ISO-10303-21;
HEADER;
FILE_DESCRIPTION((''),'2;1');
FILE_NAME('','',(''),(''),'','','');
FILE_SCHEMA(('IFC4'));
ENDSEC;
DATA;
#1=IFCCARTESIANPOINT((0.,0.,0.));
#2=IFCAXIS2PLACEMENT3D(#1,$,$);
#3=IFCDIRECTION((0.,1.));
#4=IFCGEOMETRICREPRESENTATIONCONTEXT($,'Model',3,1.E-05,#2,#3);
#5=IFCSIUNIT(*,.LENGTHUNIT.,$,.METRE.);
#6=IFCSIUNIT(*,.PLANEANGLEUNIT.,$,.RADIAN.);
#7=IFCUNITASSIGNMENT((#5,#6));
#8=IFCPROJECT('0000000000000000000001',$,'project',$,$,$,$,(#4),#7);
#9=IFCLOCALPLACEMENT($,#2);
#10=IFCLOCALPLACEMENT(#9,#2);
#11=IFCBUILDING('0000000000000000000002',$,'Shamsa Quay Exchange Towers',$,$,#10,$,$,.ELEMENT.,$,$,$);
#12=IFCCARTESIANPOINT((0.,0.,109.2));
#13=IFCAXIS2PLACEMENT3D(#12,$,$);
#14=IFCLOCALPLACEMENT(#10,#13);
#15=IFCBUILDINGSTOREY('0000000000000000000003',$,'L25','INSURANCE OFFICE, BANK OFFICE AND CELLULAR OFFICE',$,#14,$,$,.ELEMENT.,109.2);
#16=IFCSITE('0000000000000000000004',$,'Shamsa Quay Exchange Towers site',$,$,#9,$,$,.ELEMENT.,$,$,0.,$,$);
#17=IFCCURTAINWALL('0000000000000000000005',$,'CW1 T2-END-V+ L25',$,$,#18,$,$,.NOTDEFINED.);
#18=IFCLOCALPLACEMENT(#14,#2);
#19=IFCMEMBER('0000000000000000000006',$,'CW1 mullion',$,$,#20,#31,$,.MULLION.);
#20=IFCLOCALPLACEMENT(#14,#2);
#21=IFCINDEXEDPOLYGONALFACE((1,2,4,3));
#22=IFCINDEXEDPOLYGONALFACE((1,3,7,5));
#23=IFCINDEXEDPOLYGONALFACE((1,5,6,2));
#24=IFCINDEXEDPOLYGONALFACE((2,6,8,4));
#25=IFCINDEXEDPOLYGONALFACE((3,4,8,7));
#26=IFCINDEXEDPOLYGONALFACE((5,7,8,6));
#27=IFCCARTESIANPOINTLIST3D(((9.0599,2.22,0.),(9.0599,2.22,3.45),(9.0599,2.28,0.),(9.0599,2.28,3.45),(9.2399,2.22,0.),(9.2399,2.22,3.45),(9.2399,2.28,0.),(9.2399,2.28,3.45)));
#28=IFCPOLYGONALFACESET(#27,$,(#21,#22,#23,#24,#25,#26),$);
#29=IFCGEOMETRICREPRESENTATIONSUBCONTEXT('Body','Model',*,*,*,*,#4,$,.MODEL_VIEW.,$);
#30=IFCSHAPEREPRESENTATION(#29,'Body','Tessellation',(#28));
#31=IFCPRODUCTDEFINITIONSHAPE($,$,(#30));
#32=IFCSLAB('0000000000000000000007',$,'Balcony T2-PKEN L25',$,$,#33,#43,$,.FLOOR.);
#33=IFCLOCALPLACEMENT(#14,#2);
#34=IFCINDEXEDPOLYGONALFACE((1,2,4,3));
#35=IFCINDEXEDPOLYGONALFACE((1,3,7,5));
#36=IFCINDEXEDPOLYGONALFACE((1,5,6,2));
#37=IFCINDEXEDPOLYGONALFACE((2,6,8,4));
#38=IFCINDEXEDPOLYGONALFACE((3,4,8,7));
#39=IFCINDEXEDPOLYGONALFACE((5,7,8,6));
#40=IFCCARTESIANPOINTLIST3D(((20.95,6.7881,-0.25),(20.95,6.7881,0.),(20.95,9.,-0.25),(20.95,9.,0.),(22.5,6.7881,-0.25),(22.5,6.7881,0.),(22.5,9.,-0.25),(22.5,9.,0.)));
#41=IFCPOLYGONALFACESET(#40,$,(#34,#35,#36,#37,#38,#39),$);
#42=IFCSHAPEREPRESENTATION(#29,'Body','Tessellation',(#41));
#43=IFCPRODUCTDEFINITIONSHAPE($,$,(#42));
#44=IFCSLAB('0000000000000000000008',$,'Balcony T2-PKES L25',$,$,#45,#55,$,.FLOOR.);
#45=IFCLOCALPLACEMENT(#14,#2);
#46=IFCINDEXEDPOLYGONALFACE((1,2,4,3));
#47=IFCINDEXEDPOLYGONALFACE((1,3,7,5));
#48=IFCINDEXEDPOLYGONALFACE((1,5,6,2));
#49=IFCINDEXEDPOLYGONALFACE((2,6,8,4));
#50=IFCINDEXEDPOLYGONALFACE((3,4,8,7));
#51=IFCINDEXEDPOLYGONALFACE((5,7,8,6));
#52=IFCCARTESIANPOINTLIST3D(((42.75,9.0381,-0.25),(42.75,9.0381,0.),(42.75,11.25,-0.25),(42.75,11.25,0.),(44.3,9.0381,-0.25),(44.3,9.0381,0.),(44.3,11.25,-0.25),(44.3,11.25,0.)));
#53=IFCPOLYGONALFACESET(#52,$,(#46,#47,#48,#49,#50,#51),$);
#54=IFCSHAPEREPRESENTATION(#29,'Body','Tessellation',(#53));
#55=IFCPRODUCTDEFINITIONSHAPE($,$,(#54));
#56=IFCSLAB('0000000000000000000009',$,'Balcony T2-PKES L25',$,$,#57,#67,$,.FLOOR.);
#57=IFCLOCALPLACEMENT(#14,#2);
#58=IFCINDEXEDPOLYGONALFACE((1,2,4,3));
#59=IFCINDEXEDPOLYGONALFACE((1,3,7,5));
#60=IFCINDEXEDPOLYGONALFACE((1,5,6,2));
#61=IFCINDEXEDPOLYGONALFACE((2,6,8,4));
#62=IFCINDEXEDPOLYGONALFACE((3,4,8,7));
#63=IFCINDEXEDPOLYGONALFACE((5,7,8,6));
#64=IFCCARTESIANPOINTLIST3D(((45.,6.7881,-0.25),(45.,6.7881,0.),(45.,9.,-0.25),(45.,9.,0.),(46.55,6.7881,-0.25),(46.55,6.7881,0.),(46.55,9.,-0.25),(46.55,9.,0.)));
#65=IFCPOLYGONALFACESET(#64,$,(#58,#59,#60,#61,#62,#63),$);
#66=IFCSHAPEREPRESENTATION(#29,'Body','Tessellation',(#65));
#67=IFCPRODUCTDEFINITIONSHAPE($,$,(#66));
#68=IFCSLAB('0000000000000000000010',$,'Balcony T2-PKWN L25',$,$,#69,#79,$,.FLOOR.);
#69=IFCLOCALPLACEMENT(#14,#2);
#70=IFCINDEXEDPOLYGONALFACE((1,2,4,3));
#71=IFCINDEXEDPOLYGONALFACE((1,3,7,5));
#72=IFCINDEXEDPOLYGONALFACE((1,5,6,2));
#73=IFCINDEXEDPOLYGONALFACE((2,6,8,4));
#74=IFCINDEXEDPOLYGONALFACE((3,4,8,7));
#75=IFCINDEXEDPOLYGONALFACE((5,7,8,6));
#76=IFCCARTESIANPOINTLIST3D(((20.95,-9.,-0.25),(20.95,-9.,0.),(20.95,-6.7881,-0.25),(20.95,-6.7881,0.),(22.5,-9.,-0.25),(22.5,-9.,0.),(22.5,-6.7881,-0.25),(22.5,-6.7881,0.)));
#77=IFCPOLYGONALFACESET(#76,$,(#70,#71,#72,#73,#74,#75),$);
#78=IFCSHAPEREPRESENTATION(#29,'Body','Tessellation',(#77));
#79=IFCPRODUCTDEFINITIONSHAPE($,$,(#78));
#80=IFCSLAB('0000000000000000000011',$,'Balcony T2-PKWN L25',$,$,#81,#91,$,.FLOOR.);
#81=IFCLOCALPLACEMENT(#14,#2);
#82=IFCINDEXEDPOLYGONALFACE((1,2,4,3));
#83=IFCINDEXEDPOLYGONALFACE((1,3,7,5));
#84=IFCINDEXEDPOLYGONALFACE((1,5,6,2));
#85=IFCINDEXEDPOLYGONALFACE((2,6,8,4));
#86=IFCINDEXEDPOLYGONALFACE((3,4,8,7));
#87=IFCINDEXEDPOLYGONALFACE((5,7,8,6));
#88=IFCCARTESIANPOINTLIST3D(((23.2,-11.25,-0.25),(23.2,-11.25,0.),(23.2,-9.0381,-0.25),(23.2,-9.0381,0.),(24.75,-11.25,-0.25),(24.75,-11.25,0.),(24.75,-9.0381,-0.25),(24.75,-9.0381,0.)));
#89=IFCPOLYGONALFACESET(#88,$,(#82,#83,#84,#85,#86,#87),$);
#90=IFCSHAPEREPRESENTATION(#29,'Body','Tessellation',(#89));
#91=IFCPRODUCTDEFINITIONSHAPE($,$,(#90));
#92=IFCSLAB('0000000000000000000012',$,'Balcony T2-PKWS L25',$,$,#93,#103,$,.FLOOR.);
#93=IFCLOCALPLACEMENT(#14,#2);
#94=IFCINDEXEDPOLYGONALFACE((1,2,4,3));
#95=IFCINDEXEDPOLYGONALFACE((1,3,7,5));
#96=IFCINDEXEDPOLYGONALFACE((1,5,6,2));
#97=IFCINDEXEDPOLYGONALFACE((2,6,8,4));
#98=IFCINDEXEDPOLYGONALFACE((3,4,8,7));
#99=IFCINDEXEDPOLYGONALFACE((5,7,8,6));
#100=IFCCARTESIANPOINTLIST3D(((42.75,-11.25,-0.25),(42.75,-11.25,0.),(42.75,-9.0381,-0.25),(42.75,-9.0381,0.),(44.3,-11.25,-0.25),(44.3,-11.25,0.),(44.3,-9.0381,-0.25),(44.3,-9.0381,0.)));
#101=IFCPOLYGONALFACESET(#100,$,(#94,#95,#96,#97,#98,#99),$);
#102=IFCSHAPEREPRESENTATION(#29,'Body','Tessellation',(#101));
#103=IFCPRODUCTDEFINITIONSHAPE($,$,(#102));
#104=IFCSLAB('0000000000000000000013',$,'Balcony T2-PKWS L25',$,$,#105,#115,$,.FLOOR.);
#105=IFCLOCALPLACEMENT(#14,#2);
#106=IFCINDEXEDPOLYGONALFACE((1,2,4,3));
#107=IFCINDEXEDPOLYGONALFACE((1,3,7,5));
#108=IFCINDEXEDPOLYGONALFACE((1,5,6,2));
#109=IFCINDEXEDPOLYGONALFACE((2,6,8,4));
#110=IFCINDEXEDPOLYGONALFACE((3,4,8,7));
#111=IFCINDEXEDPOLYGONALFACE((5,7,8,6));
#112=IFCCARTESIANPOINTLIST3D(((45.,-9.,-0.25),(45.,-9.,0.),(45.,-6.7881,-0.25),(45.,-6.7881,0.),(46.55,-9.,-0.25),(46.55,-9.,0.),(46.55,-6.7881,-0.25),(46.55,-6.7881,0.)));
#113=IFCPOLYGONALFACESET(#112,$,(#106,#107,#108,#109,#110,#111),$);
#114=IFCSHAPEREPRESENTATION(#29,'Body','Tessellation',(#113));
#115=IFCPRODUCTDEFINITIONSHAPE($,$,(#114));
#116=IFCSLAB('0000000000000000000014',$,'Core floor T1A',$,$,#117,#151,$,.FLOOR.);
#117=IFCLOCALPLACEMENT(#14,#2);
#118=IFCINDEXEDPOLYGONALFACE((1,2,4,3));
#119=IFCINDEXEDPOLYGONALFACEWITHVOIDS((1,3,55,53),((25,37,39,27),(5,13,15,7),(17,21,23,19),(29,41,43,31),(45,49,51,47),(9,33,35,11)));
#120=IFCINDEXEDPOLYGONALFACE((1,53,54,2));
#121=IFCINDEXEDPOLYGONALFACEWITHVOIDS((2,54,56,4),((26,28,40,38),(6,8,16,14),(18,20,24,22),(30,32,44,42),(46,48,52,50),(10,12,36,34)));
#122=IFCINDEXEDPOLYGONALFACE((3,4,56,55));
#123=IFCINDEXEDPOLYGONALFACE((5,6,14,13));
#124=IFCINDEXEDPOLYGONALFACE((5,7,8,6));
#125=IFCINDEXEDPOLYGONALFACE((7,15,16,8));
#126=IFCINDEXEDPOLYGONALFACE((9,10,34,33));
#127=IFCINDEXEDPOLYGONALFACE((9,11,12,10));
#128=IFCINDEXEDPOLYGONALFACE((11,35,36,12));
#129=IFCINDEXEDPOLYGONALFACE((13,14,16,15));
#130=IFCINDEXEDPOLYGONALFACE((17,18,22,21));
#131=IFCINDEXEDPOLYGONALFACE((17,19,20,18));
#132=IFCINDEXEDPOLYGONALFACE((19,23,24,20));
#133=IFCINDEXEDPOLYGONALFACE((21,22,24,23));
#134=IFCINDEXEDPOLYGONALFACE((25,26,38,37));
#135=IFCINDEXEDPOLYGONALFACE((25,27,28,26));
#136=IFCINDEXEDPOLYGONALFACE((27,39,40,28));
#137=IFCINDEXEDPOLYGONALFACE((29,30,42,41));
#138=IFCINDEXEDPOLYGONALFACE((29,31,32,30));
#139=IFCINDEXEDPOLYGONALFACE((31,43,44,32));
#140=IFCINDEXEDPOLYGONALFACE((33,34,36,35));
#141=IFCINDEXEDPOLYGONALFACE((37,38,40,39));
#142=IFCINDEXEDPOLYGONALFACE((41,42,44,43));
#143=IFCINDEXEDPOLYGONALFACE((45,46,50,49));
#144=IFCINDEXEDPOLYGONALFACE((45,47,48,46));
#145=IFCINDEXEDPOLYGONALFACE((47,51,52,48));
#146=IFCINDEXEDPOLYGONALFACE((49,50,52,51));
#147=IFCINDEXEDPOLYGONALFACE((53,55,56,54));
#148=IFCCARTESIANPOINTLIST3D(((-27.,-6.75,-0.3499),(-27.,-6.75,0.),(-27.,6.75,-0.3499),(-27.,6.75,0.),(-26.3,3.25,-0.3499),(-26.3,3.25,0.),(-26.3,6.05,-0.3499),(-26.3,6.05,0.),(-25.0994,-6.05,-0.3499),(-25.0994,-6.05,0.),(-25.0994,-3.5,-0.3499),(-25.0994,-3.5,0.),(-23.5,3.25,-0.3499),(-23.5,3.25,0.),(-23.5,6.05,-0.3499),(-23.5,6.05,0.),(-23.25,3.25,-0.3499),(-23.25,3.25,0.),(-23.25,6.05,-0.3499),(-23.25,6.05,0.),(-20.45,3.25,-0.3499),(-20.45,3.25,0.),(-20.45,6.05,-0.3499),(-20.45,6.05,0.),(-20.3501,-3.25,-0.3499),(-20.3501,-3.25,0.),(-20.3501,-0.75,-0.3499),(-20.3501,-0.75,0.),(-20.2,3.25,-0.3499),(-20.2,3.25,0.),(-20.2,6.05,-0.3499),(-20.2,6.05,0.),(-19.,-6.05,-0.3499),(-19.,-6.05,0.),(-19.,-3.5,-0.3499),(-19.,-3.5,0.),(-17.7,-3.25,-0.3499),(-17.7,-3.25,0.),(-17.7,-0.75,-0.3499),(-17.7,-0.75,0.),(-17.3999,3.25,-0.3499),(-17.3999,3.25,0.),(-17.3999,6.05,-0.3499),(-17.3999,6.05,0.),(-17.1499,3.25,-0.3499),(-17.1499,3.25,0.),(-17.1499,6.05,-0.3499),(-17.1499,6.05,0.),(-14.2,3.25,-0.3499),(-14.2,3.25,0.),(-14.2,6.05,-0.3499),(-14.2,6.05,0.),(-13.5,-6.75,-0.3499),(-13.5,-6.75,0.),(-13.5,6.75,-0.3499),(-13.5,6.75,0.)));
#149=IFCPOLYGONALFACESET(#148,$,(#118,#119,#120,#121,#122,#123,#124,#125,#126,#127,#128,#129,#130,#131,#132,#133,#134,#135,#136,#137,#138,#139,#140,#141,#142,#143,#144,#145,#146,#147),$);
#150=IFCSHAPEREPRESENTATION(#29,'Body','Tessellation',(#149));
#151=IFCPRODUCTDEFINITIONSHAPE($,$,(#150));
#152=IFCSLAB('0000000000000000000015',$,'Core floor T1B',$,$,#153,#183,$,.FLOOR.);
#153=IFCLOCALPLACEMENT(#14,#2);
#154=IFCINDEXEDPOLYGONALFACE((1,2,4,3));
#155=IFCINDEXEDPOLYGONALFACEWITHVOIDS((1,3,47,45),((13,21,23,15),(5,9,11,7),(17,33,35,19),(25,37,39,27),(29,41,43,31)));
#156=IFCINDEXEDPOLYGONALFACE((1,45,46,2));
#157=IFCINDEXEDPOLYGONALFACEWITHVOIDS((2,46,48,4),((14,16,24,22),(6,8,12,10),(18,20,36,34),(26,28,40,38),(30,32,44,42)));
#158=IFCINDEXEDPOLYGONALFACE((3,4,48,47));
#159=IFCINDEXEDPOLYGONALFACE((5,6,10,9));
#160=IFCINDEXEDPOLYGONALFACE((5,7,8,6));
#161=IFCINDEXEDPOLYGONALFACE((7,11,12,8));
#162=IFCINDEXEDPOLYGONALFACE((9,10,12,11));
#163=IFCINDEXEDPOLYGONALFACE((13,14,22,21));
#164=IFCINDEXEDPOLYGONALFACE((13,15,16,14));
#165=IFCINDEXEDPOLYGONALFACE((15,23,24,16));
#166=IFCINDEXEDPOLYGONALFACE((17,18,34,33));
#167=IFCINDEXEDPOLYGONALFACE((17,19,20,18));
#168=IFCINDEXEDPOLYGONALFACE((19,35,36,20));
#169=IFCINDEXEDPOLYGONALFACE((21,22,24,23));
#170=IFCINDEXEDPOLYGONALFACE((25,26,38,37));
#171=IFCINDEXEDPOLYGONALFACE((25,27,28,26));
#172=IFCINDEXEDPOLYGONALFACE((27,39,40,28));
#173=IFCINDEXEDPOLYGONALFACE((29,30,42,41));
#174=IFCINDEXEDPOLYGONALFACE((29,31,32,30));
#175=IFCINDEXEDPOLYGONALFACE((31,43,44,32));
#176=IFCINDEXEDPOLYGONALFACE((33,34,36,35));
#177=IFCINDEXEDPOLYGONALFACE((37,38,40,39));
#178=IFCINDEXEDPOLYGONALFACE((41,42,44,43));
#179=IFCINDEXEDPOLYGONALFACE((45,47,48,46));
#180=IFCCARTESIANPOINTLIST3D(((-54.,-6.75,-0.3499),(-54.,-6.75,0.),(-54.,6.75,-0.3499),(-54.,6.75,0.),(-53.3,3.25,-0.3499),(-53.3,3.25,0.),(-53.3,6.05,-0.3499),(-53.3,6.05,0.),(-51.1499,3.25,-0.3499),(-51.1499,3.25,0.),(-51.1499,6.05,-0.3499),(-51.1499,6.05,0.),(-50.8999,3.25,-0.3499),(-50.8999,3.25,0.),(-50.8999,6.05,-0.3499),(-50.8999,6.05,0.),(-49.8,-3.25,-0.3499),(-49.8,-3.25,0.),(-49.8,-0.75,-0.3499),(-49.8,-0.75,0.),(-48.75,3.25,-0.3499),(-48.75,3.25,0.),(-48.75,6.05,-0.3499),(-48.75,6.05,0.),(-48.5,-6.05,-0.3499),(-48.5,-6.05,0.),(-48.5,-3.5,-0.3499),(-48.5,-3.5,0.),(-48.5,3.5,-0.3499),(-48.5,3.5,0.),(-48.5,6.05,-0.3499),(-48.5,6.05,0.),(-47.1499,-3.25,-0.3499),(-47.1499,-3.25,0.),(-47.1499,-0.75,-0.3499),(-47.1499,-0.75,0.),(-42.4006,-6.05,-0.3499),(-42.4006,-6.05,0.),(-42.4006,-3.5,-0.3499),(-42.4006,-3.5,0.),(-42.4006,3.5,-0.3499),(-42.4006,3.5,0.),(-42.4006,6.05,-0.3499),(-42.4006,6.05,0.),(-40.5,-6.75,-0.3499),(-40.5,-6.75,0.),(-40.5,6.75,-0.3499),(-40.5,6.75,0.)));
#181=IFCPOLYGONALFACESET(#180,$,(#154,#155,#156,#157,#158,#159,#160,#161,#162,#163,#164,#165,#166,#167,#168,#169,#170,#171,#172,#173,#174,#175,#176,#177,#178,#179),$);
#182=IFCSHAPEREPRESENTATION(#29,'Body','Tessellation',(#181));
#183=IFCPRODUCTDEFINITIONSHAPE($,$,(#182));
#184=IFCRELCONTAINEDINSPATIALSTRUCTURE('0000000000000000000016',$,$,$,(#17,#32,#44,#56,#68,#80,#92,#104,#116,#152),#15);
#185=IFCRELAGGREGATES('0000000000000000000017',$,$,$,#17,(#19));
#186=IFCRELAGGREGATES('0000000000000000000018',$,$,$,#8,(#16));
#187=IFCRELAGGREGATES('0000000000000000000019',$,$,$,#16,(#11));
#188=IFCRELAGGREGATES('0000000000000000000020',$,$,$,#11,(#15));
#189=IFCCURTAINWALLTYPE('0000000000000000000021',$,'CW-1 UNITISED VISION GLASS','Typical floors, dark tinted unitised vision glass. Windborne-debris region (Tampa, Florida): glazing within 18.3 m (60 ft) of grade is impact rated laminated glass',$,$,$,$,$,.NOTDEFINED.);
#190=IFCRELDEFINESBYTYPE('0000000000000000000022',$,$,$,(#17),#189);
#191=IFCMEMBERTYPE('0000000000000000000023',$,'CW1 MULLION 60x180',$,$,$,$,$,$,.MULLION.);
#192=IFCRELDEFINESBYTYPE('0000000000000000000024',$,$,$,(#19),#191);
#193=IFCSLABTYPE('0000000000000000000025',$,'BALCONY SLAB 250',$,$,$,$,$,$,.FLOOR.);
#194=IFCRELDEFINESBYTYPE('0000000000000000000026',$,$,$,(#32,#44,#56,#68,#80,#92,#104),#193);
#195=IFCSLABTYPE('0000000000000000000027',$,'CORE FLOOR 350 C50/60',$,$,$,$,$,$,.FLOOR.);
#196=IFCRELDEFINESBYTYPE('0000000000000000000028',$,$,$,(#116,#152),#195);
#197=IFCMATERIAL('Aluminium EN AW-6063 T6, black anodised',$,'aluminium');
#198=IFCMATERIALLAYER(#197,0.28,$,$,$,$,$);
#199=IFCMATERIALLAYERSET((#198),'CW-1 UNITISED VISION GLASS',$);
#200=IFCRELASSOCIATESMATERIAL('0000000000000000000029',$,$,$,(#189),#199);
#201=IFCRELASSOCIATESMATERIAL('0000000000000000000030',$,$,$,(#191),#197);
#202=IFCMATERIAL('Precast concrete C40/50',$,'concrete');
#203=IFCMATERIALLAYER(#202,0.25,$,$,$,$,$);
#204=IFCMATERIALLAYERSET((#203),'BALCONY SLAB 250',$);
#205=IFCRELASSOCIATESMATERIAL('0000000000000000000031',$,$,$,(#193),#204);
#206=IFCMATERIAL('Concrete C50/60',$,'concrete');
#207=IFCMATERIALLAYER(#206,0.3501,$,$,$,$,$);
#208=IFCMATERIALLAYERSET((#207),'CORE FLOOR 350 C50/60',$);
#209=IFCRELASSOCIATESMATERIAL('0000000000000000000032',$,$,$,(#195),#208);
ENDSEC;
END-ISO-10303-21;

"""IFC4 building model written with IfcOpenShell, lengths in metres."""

from ifc_helpers import new_model, si_unit, direction, frame, origin, origin_2d, place, context, subcontext, project, spatial, polyline, rectangle, outline, extrude, material, layer, layer_set, material_profile, profile_set, type_object, element, aggregate, save


model = new_model("IFC4")

# Units and contexts
model_context = context("Model", 3, precision=1e-05, world=origin(), true_north=direction((0.0, 1.0)))
body_context = subcontext(model_context, "Body", "Model", "MODEL_VIEW")
ifc_project = project(units=[si_unit("LENGTHUNIT", "METRE"), si_unit("PLANEANGLEUNIT", "RADIAN")], contexts=[model_context])

# Site, building, storey
site_placement = place(None, origin())
site = spatial("IfcSite", under=ifc_project, at=site_placement, Name="Shamsa Quay Exchange Towers site", CompositionType="ELEMENT", RefElevation=0.0)
building_placement = place(site_placement, origin())
building = spatial("IfcBuilding", under=site, at=building_placement, Name="Shamsa Quay Exchange Towers", CompositionType="ELEMENT")
storey_placement = place(building_placement, frame((0.0, 0.0, 109.2)))
storey = spatial("IfcBuildingStorey", under=building, at=storey_placement, Name="L25", Description="INSURANCE OFFICE, BANK OFFICE AND CELLULAR OFFICE", CompositionType="ELEMENT", Elevation=109.2)

# Curtain wall, member
ifc_material_1 = material(Name="Aluminium EN AW-6063 T6, black anodised", Category="aluminium")
ifc_layer_1 = layer(ifc_material_1, 0.28)
ifc_layer_set_1 = layer_set([ifc_layer_1], Name="CW-1 UNITISED VISION GLASS")
curtain_wall_type = type_object("IfcCurtainWallType", Name="CW-1 UNITISED VISION GLASS", Description="Typical floors, dark tinted unitised vision glass. Windborne-debris region (Tampa, Florida): glazing within 18.3 m (60 ft) of grade is impact rated laminated glass", PredefinedType="NOTDEFINED", material=ifc_layer_set_1)
curtain_wall_placement = place(storey_placement, origin())
curtain_wall = element("IfcCurtainWall", 1, at=curtain_wall_placement, inside=storey, type_object=curtain_wall_type, Name="CW1 T2-END-V+ L25", PredefinedType="NOTDEFINED")
ifc_material_profile = material_profile(ifc_material_1, rectangle(XDim=0.1799, YDim=0.0601, at=origin_2d()), Name="MU60x180")
ifc_profile_set = profile_set([ifc_material_profile], Name="Aluminium EN AW-6063 T6, black anodised")
member_type = type_object("IfcMemberType", Name="CW1 MULLION 60x180", PredefinedType="MULLION", material=ifc_profile_set)
member_placement = place(storey_placement, frame((9.1499, 2.25, 0.0)))
member = element("IfcMember", 2, at=member_placement, type_object=member_type, Name="CW1 mullion", PredefinedType="MULLION", context=body_context, shape_type="SweptSolid", body=[
    extrude(rectangle(XDim=0.1799, YDim=0.0601, at=origin_2d()), origin(), (0.0, 0.0, 1.0), 3.45),
])

# Slabs
ifc_material_2 = material(Name="Precast concrete C40/50", Category="concrete")
ifc_layer_2 = layer(ifc_material_2, 0.25)
ifc_layer_set_2 = layer_set([ifc_layer_2], Name="BALCONY SLAB 250")
slab_type_1 = type_object("IfcSlabType", Name="BALCONY SLAB 250", PredefinedType="FLOOR", material=ifc_layer_set_2)
slab_1_placement = place(storey_placement, frame((0.0, 0.0, -0.25)))
element("IfcSlab", 3, at=slab_1_placement, inside=storey, type_object=slab_type_1, Name="Balcony T2-PKEN L25", PredefinedType="FLOOR", context=body_context, shape_type="SweptSolid", body=[
    extrude(outline(polyline([(22.5, 9.0), (22.5, 6.7881), (20.95, 6.7881), (20.95, 9.0), (22.5, 9.0)])), origin(), (0.0, 0.0, 1.0), 0.25),
])
slab_2_placement = place(storey_placement, frame((0.0, 0.0, -0.25)))
element("IfcSlab", 4, at=slab_2_placement, inside=storey, type_object=slab_type_1, Name="Balcony T2-PKES L25", PredefinedType="FLOOR", context=body_context, shape_type="SweptSolid", body=[
    extrude(outline(polyline([(42.75, 9.0381), (42.75, 11.25), (44.3, 11.25), (44.3, 9.0381), (42.75, 9.0381)])), origin(), (0.0, 0.0, 1.0), 0.25),
])
slab_3_placement = place(storey_placement, frame((0.0, 0.0, -0.25)))
element("IfcSlab", 5, at=slab_3_placement, inside=storey, type_object=slab_type_1, Name="Balcony T2-PKES L25", PredefinedType="FLOOR", context=body_context, shape_type="SweptSolid", body=[
    extrude(outline(polyline([(45.0, 6.7881), (45.0, 9.0), (46.55, 9.0), (46.55, 6.7881), (45.0, 6.7881)])), origin(), (0.0, 0.0, 1.0), 0.25),
])
slab_4_placement = place(storey_placement, frame((0.0, 0.0, -0.25)))
element("IfcSlab", 6, at=slab_4_placement, inside=storey, type_object=slab_type_1, Name="Balcony T2-PKWN L25", PredefinedType="FLOOR", context=body_context, shape_type="SweptSolid", body=[
    extrude(outline(polyline([(22.5, -6.7881), (22.5, -9.0), (20.95, -9.0), (20.95, -6.7881), (22.5, -6.7881)])), origin(), (0.0, 0.0, 1.0), 0.25),
])
slab_5_placement = place(storey_placement, frame((0.0, 0.0, -0.25)))
element("IfcSlab", 7, at=slab_5_placement, inside=storey, type_object=slab_type_1, Name="Balcony T2-PKWN L25", PredefinedType="FLOOR", context=body_context, shape_type="SweptSolid", body=[
    extrude(outline(polyline([(24.75, -9.0381), (24.75, -11.25), (23.2, -11.25), (23.2, -9.0381), (24.75, -9.0381)])), origin(), (0.0, 0.0, 1.0), 0.25),
])
slab_6_placement = place(storey_placement, frame((0.0, 0.0, -0.25)))
element("IfcSlab", 8, at=slab_6_placement, inside=storey, type_object=slab_type_1, Name="Balcony T2-PKWS L25", PredefinedType="FLOOR", context=body_context, shape_type="SweptSolid", body=[
    extrude(outline(polyline([(42.75, -11.25), (42.75, -9.0381), (44.3, -9.0381), (44.3, -11.25), (42.75, -11.25)])), origin(), (0.0, 0.0, 1.0), 0.25),
])
slab_7_placement = place(storey_placement, frame((0.0, 0.0, -0.25)))
element("IfcSlab", 9, at=slab_7_placement, inside=storey, type_object=slab_type_1, Name="Balcony T2-PKWS L25", PredefinedType="FLOOR", context=body_context, shape_type="SweptSolid", body=[
    extrude(outline(polyline([(45.0, -9.0), (45.0, -6.7881), (46.55, -6.7881), (46.55, -9.0), (45.0, -9.0)])), origin(), (0.0, 0.0, 1.0), 0.25),
])
ifc_material_3 = material(Name="Concrete C50/60", Category="concrete")
ifc_layer_3 = layer(ifc_material_3, 0.3501)
ifc_layer_set_3 = layer_set([ifc_layer_3], Name="CORE FLOOR 350 C50/60")
slab_type_2 = type_object("IfcSlabType", Name="CORE FLOOR 350 C50/60", PredefinedType="FLOOR", material=ifc_layer_set_3)
slab_8_placement = place(storey_placement, frame((0.0, 0.0, -0.3499)))
element("IfcSlab", 10, at=slab_8_placement, inside=storey, type_object=slab_type_2, Name="Core floor T1A", PredefinedType="FLOOR", context=body_context, shape_type="SweptSolid", body=[
    extrude(outline(polyline([(-27.0, -6.75), (-13.5, -6.75), (-13.5, 6.75), (-27.0, 6.75), (-27.0, -6.75)]), holes=[polyline([(-25.0994, -6.05), (-25.0994, -3.5), (-19.0, -3.5), (-19.0, -6.05), (-25.0994, -6.05)]), polyline([(-26.3, 3.25), (-26.3, 6.05), (-23.5, 6.05), (-23.5, 3.25), (-26.3, 3.25)]), polyline([(-23.25, 3.25), (-23.25, 6.05), (-20.45, 6.05), (-20.45, 3.25), (-23.25, 3.25)]), polyline([(-20.2, 3.25), (-20.2, 6.05), (-17.3999, 6.05), (-17.3999, 3.25), (-20.2, 3.25)]), polyline([(-17.1499, 3.25), (-17.1499, 6.05), (-14.2, 6.05), (-14.2, 3.25), (-17.1499, 3.25)]), polyline([(-20.3501, -3.25), (-20.3501, -0.75), (-17.7, -0.75), (-17.7, -3.25), (-20.3501, -3.25)])]), origin(), (0.0, 0.0, 1.0), 0.3499),
])
slab_9_placement = place(storey_placement, frame((0.0, 0.0, -0.3499)))
element("IfcSlab", 11, at=slab_9_placement, inside=storey, type_object=slab_type_2, Name="Core floor T1B", PredefinedType="FLOOR", context=body_context, shape_type="SweptSolid", body=[
    extrude(outline(polyline([(-40.5, -6.75), (-40.5, 6.75), (-54.0, 6.75), (-54.0, -6.75), (-40.5, -6.75)]), holes=[polyline([(-42.4006, -3.5), (-42.4006, -6.05), (-48.5, -6.05), (-48.5, -3.5), (-42.4006, -3.5)]), polyline([(-42.4006, 6.05), (-42.4006, 3.5), (-48.5, 3.5), (-48.5, 6.05), (-42.4006, 6.05)]), polyline([(-48.75, 3.25), (-50.8999, 3.25), (-50.8999, 6.05), (-48.75, 6.05), (-48.75, 3.25)]), polyline([(-51.1499, 3.25), (-53.3, 3.25), (-53.3, 6.05), (-51.1499, 6.05), (-51.1499, 3.25)]), polyline([(-47.1499, -3.25), (-49.8, -3.25), (-49.8, -0.75), (-47.1499, -0.75), (-47.1499, -3.25)])]), origin(), (0.0, 0.0, 1.0), 0.3499),
])

aggregate(curtain_wall, [member])

save(model, "model.ifc")
